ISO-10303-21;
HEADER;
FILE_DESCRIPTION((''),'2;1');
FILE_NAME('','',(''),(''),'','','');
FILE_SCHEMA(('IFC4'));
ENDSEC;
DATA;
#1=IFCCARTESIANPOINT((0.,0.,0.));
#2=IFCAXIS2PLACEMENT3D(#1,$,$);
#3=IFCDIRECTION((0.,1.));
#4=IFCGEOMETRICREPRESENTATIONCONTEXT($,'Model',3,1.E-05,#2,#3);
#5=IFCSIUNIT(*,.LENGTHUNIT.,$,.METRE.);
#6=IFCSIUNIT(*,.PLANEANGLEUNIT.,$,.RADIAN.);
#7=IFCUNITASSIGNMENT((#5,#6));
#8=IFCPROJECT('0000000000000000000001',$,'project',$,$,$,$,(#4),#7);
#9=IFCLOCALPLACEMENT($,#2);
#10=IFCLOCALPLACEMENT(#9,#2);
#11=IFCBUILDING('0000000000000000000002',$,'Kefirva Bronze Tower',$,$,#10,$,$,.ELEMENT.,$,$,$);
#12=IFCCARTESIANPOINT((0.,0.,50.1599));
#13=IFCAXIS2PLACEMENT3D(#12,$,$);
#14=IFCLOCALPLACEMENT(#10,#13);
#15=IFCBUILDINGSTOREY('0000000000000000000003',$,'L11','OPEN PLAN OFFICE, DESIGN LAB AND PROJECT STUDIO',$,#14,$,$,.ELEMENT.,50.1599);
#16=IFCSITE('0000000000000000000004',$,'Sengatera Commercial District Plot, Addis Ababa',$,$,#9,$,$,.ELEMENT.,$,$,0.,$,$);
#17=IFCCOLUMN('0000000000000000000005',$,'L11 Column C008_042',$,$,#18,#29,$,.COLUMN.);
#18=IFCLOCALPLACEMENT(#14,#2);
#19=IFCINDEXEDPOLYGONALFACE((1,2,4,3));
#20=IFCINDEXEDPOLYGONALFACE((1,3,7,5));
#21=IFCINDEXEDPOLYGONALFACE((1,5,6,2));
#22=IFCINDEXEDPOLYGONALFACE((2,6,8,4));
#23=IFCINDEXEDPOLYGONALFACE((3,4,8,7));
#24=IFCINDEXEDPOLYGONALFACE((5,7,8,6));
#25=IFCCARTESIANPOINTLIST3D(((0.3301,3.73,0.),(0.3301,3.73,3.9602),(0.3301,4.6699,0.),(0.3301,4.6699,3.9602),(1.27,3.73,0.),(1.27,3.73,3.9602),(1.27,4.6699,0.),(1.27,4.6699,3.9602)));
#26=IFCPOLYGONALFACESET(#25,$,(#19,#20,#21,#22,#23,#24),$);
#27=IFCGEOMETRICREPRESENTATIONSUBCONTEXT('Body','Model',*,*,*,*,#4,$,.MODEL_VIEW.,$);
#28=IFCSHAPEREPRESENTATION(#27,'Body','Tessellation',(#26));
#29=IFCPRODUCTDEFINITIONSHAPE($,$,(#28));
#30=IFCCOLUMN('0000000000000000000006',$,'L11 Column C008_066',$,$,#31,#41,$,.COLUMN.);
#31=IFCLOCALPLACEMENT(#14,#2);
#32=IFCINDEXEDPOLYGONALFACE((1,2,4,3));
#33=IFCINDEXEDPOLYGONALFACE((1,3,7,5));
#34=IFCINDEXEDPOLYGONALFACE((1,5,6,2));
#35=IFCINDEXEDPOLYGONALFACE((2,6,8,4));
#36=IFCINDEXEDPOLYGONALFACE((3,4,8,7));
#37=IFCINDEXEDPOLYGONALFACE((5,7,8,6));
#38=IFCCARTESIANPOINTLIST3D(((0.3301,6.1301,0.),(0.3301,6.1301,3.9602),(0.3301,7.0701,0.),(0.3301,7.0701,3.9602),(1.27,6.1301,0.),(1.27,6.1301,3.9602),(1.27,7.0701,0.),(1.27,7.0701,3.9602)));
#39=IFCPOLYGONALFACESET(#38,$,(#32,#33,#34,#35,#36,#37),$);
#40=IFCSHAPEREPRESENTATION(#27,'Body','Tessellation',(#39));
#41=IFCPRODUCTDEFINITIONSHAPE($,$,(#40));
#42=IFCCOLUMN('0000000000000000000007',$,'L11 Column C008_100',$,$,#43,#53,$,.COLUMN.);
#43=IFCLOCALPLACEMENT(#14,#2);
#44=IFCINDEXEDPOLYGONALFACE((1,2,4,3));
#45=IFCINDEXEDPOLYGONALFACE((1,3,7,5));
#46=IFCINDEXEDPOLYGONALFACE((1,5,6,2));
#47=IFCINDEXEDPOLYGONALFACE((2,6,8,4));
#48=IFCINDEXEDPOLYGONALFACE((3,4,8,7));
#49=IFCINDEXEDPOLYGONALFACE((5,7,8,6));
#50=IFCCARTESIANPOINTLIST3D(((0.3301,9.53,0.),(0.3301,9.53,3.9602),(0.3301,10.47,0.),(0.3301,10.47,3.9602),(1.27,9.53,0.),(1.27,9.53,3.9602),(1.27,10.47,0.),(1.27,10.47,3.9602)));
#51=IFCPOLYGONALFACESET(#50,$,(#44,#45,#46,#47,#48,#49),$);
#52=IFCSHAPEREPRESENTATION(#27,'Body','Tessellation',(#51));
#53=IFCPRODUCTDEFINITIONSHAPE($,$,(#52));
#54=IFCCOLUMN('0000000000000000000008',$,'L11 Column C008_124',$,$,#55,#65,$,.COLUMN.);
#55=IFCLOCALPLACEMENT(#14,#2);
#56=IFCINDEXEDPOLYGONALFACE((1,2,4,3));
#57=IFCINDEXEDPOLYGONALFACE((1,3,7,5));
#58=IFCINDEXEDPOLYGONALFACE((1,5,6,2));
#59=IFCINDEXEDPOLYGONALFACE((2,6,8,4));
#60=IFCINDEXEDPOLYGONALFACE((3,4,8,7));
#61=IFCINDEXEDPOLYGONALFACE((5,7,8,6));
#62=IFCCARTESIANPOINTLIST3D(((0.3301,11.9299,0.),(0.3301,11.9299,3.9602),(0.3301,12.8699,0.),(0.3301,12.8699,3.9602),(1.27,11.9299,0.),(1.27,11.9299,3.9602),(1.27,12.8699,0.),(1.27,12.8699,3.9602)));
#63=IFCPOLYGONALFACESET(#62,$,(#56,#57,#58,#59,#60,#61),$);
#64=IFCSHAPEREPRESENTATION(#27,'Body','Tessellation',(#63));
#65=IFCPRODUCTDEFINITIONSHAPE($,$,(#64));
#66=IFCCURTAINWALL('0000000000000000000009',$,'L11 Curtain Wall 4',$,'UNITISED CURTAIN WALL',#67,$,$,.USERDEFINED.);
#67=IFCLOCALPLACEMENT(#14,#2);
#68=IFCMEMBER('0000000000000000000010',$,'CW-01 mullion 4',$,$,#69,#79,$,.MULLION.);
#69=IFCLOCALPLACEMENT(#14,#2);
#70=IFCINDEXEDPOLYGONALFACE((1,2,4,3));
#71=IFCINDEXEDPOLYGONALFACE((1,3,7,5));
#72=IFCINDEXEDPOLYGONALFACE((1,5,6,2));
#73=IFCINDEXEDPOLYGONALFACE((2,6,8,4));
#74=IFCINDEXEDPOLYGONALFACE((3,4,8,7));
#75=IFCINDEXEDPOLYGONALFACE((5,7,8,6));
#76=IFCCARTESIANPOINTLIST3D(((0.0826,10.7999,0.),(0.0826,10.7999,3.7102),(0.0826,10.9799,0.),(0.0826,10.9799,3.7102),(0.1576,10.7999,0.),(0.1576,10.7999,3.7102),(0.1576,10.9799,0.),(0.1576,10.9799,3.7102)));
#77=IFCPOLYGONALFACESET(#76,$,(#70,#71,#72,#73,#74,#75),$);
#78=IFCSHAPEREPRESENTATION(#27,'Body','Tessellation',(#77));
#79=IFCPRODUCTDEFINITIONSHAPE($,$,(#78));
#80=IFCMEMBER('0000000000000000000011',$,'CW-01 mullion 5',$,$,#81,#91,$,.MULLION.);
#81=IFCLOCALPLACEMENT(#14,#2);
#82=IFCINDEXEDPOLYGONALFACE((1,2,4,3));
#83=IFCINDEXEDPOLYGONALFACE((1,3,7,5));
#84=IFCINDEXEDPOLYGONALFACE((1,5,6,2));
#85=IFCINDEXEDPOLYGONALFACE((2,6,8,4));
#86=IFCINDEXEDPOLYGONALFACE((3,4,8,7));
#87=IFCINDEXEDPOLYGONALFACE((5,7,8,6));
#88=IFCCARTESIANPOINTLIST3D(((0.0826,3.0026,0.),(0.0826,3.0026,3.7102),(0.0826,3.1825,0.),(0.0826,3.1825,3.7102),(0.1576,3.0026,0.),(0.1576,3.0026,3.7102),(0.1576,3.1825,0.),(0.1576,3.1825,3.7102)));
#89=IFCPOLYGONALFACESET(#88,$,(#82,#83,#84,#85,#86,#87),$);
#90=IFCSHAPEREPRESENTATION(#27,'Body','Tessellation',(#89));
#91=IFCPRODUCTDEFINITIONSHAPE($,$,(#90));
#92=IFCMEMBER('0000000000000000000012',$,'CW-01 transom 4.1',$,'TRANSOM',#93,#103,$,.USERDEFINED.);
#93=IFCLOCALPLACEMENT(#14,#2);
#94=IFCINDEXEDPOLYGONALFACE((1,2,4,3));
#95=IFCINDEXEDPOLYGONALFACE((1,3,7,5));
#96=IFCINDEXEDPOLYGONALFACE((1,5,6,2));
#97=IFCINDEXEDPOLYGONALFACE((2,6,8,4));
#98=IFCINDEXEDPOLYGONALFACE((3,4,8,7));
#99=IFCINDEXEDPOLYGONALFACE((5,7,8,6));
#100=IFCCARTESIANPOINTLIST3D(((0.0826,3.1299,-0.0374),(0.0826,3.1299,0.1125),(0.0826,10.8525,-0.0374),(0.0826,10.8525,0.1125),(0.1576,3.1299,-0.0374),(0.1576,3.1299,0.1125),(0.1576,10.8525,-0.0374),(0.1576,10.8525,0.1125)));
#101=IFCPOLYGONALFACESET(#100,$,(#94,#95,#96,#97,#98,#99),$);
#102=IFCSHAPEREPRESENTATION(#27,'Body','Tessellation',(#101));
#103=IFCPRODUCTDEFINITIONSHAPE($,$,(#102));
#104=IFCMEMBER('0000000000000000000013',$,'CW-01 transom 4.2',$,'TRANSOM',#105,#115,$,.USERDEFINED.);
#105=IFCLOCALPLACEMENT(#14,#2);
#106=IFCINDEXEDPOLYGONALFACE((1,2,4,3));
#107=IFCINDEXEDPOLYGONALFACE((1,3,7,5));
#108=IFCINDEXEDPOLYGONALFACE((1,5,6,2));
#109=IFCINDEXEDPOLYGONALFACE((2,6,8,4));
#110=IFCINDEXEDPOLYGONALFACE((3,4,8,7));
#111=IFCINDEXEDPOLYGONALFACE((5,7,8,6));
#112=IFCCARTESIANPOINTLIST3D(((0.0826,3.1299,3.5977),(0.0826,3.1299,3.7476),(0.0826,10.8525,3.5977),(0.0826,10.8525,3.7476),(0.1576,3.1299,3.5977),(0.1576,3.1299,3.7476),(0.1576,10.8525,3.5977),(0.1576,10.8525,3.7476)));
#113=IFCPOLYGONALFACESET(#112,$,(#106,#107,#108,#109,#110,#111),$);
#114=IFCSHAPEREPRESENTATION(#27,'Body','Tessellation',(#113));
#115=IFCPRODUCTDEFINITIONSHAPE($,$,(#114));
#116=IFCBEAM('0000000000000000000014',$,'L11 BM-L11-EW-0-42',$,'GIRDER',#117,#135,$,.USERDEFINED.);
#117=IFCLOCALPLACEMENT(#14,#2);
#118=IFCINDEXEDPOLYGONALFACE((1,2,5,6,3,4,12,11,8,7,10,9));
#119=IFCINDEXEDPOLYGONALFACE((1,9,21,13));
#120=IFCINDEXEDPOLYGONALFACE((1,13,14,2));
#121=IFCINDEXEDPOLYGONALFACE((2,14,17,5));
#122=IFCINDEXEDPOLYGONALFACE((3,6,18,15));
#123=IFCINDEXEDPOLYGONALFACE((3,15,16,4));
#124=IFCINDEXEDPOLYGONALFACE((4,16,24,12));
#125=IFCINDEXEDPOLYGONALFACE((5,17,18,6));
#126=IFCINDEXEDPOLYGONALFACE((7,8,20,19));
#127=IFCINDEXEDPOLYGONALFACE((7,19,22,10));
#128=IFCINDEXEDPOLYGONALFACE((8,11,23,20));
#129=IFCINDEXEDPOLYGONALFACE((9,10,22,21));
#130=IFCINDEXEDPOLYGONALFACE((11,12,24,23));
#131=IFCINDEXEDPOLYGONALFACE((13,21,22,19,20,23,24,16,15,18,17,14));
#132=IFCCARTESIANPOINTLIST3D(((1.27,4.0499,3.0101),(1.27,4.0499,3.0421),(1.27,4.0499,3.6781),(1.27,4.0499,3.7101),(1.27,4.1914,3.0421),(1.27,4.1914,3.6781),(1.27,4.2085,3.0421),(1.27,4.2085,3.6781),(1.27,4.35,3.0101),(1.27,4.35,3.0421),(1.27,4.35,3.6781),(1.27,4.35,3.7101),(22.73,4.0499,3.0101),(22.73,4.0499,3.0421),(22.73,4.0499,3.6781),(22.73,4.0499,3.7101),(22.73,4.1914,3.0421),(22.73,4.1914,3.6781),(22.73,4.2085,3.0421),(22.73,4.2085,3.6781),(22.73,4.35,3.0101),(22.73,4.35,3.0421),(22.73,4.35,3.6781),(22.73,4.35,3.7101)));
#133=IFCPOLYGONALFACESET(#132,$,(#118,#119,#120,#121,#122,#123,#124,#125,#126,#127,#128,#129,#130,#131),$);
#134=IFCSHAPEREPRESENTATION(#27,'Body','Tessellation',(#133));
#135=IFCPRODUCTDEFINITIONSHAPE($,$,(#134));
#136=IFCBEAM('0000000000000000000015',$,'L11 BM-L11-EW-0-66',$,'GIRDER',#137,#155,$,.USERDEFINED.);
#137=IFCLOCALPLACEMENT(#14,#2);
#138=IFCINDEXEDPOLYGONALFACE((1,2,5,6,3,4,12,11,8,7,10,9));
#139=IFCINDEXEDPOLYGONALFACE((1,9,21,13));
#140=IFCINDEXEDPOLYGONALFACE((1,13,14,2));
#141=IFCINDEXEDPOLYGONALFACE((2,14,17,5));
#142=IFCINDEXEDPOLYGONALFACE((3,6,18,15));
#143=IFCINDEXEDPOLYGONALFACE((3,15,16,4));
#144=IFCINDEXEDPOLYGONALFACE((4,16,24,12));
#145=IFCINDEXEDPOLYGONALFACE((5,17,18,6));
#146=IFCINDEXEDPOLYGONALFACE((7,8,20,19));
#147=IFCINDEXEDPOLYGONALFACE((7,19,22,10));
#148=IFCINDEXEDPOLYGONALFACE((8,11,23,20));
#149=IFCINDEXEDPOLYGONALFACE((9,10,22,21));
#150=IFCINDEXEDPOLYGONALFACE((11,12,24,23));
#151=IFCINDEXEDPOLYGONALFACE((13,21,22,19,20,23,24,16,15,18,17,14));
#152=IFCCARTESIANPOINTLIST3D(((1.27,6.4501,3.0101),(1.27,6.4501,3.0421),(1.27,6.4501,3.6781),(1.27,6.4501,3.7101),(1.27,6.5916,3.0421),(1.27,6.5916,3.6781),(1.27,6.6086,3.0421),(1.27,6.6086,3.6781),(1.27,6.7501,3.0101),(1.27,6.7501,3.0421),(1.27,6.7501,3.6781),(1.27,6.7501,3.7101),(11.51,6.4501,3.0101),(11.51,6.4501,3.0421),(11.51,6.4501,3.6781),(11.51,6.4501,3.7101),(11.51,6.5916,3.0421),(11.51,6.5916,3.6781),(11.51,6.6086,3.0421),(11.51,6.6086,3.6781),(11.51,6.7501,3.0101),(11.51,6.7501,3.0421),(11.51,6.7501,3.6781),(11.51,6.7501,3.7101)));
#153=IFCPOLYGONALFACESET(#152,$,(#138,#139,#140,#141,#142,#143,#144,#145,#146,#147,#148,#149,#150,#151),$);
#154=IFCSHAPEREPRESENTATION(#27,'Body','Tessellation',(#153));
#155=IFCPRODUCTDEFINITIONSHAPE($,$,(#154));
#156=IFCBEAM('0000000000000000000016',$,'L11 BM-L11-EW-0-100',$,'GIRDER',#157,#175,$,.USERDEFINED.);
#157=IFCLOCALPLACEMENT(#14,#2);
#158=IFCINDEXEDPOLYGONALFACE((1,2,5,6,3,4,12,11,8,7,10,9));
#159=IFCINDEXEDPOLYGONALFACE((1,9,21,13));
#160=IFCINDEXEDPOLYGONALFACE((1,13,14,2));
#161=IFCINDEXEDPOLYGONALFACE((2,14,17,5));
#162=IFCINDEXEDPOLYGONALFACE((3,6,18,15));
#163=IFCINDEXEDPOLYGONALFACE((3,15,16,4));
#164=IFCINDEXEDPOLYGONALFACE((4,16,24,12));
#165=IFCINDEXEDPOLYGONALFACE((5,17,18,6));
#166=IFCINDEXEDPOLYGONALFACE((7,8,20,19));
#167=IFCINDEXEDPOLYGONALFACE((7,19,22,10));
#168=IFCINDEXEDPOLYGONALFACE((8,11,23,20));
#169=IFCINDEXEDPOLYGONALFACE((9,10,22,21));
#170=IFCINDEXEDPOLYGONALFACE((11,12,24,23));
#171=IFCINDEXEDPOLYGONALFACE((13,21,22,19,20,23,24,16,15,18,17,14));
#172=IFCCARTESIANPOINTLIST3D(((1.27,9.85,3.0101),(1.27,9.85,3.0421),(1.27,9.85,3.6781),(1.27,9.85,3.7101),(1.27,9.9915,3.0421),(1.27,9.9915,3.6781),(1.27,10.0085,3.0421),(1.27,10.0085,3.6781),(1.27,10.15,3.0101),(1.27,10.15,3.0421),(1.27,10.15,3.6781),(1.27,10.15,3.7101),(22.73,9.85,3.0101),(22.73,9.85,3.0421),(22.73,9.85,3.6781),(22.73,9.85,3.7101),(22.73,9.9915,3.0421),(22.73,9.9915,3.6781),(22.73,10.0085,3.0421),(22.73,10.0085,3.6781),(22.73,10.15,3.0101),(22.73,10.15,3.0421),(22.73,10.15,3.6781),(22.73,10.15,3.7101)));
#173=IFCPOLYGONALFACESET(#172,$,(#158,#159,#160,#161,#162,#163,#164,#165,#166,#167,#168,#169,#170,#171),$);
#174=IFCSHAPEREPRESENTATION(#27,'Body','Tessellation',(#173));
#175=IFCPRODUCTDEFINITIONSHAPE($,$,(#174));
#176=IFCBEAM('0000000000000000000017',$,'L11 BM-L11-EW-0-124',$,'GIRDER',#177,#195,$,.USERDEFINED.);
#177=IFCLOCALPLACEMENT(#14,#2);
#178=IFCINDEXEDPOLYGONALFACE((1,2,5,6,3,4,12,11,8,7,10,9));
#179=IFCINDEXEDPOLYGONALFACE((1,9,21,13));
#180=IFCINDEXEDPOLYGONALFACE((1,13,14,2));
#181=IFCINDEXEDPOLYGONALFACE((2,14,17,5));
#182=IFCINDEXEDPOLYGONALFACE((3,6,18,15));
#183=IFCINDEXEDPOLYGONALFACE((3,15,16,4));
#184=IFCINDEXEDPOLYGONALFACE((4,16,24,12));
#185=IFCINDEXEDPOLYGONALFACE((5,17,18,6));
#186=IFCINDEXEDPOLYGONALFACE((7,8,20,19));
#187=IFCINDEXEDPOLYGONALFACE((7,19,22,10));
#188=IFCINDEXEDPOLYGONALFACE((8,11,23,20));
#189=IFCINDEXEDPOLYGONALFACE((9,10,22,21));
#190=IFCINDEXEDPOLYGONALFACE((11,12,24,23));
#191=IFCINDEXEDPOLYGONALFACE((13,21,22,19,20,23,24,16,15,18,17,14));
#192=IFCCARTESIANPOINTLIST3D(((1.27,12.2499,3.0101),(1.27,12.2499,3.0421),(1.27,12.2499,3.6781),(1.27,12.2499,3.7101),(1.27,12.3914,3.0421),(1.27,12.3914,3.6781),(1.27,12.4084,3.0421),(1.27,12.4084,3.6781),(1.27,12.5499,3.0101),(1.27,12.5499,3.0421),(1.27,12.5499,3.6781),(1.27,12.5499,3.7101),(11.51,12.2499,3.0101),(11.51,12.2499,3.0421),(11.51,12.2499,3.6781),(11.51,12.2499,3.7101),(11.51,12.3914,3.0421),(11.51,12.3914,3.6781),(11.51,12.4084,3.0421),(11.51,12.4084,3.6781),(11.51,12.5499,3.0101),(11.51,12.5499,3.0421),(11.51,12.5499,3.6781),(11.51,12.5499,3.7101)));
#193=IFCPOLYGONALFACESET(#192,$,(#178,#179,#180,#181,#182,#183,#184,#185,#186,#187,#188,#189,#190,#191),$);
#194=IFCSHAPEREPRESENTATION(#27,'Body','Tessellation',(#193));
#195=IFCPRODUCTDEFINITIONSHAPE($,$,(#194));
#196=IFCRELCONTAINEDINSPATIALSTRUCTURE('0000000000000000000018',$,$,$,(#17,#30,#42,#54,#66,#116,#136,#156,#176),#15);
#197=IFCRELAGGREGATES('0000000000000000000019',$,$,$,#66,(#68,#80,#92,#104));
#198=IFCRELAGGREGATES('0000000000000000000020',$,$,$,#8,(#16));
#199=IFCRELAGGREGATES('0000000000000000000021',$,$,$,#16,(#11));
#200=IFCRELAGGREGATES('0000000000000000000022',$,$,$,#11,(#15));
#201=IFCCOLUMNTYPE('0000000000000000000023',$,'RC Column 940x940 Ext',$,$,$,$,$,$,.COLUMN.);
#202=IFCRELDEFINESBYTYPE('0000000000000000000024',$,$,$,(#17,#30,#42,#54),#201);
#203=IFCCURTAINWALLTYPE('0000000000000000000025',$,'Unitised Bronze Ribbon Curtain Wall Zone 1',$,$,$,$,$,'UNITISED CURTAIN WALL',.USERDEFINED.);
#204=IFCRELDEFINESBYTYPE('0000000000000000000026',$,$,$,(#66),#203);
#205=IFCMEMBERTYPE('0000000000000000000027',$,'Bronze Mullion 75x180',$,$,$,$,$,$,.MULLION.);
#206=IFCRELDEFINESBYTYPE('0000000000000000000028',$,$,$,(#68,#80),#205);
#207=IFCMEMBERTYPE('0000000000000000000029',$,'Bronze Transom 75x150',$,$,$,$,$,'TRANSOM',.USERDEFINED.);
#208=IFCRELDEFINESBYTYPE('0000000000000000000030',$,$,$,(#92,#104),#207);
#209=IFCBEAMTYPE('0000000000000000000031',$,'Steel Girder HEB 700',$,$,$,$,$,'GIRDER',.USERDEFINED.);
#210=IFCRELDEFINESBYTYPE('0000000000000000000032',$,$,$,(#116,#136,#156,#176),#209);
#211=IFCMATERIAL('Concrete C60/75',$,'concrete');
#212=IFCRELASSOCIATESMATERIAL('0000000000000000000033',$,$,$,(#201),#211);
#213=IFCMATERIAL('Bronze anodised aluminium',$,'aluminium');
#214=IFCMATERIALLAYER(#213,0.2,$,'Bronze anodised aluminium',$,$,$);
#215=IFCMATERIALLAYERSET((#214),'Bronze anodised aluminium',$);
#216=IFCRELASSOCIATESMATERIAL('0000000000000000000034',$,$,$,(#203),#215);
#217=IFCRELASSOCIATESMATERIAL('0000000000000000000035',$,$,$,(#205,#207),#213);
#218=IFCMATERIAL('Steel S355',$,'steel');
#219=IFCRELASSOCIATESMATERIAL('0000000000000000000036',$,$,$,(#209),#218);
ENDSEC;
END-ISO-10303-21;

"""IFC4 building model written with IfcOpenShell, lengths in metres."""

from ifc_helpers import new_model, si_unit, direction, frame, origin, origin_2d, place, context, subcontext, project, spatial, rectangle, i_section, extrude, material, layer, layer_set, material_profile, profile_set, type_object, element, aggregate, save


model = new_model("IFC4")

# Units and contexts
model_context = context("Model", 3, precision=1e-05, world=origin(), true_north=direction((0.0, 1.0)))
body_context = subcontext(model_context, "Body", "Model", "MODEL_VIEW")
ifc_project = project(units=[si_unit("LENGTHUNIT", "METRE"), si_unit("PLANEANGLEUNIT", "RADIAN")], contexts=[model_context])

# Site, building, storey
site_placement = place(None, origin())
site = spatial("IfcSite", under=ifc_project, at=site_placement, Name="Sengatera Commercial District Plot, Addis Ababa", CompositionType="ELEMENT", RefElevation=0.0)
building_placement = place(site_placement, origin())
building = spatial("IfcBuilding", under=site, at=building_placement, Name="Kefirva Bronze Tower", CompositionType="ELEMENT")
storey_placement = place(building_placement, frame((0.0, 0.0, 50.1599)))
storey = spatial("IfcBuildingStorey", under=building, at=storey_placement, Name="L11", Description="OPEN PLAN OFFICE, DESIGN LAB AND PROJECT STUDIO", CompositionType="ELEMENT", Elevation=50.1599)

# Columns
ifc_material_1 = material(Name="Concrete C60/75", Category="concrete")
ifc_material_profile_1 = material_profile(ifc_material_1, rectangle(XDim=0.9399, YDim=0.9399, at=origin_2d()), Name="RC 940x940")
ifc_profile_set_1 = profile_set([ifc_material_profile_1], Name="Concrete C60/75")
column_type = type_object("IfcColumnType", Name="RC Column 940x940 Ext", PredefinedType="COLUMN", material=ifc_profile_set_1)
for number, where, z_axis, x_axis, name in (
    (1, (0.8, 4.2, 0.0), (0.0, 0.0, 1.0), (1.0, 0.0, 0.0), "L11 Column C008_042"),
    (2, (0.8, 6.6001, 0.0), (0.0, 0.0, 1.0), (1.0, 0.0, 0.0), "L11 Column C008_066"),
    (3, (0.8, 10.0, 0.0), (0.0, 0.0, 1.0), (1.0, 0.0, 0.0), "L11 Column C008_100"),
    (4, (0.8, 12.3999, 0.0), (0.0, 0.0, 1.0), (1.0, 0.0, 0.0), "L11 Column C008_124"),
):
    element("IfcColumn", number, at=place(storey_placement, frame(where, z_axis=z_axis, x_axis=x_axis)), inside=storey, type_object=column_type, Name=name, PredefinedType="COLUMN", context=body_context, shape_type="SweptSolid", body=[
        extrude(rectangle(XDim=0.9399, YDim=0.9399, at=origin_2d()), origin(), (0.0, 0.0, 1.0), 3.9602),
    ])

# Curtain wall, members
ifc_material_2 = material(Name="Bronze anodised aluminium", Category="aluminium")
ifc_layer_1 = layer(ifc_material_2, 0.2, Name="Bronze anodised aluminium")
ifc_layer_set_1 = layer_set([ifc_layer_1], Name="Bronze anodised aluminium")
curtain_wall_type = type_object("IfcCurtainWallType", Name="Unitised Bronze Ribbon Curtain Wall Zone 1", ElementType="UNITISED CURTAIN WALL", PredefinedType="USERDEFINED", material=ifc_layer_set_1)
curtain_wall_placement = place(storey_placement, origin())
curtain_wall = element("IfcCurtainWall", 5, at=curtain_wall_placement, inside=storey, type_object=curtain_wall_type, Name="L11 Curtain Wall 4", ObjectType="UNITISED CURTAIN WALL", PredefinedType="USERDEFINED")
ifc_material_profile_2 = material_profile(ifc_material_2, rectangle(XDim=0.075, YDim=0.1799, at=origin_2d()), Name="ALU 75x180")
ifc_profile_set_2 = profile_set([ifc_material_profile_2], Name="Bronze anodised aluminium")
member_type_1 = type_object("IfcMemberType", Name="Bronze Mullion 75x180", PredefinedType="MULLION", material=ifc_profile_set_2)
member_1_placement = place(storey_placement, frame((0.1201, 10.8899, 0.0), z_axis=(0.0, 0.0, 1.0), x_axis=(1.0, 0.0, 0.0)))
member_1 = element("IfcMember", 6, at=member_1_placement, type_object=member_type_1, Name="CW-01 mullion 4", PredefinedType="MULLION", context=body_context, shape_type="SweptSolid", body=[
    extrude(rectangle(XDim=0.075, YDim=0.1799, at=origin_2d()), origin(), (0.0, 0.0, 1.0), 3.7102),
])
member_2_placement = place(storey_placement, frame((0.1201, 3.0925, 0.0), z_axis=(0.0, 0.0, 1.0), x_axis=(1.0, 0.0, 0.0)))
member_2 = element("IfcMember", 7, at=member_2_placement, type_object=member_type_1, Name="CW-01 mullion 5", PredefinedType="MULLION", context=body_context, shape_type="SweptSolid", body=[
    extrude(rectangle(XDim=0.075, YDim=0.1799, at=origin_2d()), origin(), (0.0, 0.0, 1.0), 3.7102),
])
ifc_material_profile_3 = material_profile(ifc_material_2, rectangle(XDim=0.075, YDim=0.1499, at=origin_2d()), Name="ALU 75x150")
ifc_profile_set_3 = profile_set([ifc_material_profile_3], Name="Bronze anodised aluminium")
member_type_2 = type_object("IfcMemberType", Name="Bronze Transom 75x150", ElementType="TRANSOM", PredefinedType="USERDEFINED", material=ifc_profile_set_3)
member_3_placement = place(storey_placement, frame((0.1201, 10.8525, 0.0376), z_axis=(0.0, -1.0, 0.0), x_axis=(1.0, 0.0, 0.0)))
member_3 = element("IfcMember", 8, at=member_3_placement, type_object=member_type_2, Name="CW-01 transom 4.1", ObjectType="TRANSOM", PredefinedType="USERDEFINED", context=body_context, shape_type="SweptSolid", body=[
    extrude(rectangle(XDim=0.075, YDim=0.1499, at=origin_2d()), origin(), (0.0, 0.0, 1.0), 7.7227),
])
member_4_placement = place(storey_placement, frame((0.1201, 10.8525, 3.6726), z_axis=(0.0, -1.0, 0.0), x_axis=(1.0, 0.0, 0.0)))
member_4 = element("IfcMember", 9, at=member_4_placement, type_object=member_type_2, Name="CW-01 transom 4.2", ObjectType="TRANSOM", PredefinedType="USERDEFINED", context=body_context, shape_type="SweptSolid", body=[
    extrude(rectangle(XDim=0.075, YDim=0.1499, at=origin_2d()), origin(), (0.0, 0.0, 1.0), 7.7227),
])

# Beams
ifc_material_3 = material(Name="Steel S355", Category="steel")
ifc_material_profile_4 = material_profile(ifc_material_3, i_section(OverallWidth=0.3, OverallDepth=0.7, WebThickness=0.0171, FlangeThickness=0.032, at=origin_2d()), Name="HEB 700")
ifc_profile_set_4 = profile_set([ifc_material_profile_4], Name="Steel S355")
beam_type_1 = type_object("IfcBeamType", Name="Steel Girder HEB 700", ElementType="GIRDER", PredefinedType="USERDEFINED", material=ifc_profile_set_4)
beam_1_placement = place(storey_placement, frame((1.27, 4.2, 3.3601), z_axis=(1.0, 0.0, 0.0), x_axis=(0.0, 1.0, 0.0)))
element("IfcBeam", 10, at=beam_1_placement, inside=storey, type_object=beam_type_1, Name="L11 BM-L11-EW-0-42", ObjectType="GIRDER", PredefinedType="USERDEFINED", context=body_context, shape_type="SweptSolid", body=[
    extrude(i_section(OverallWidth=0.3, OverallDepth=0.7, WebThickness=0.0171, FlangeThickness=0.032, at=origin_2d()), origin(), (0.0, 0.0, 1.0), 21.46),
])
beam_2_placement = place(storey_placement, frame((1.27, 6.6001, 3.3601), z_axis=(1.0, 0.0, 0.0), x_axis=(0.0, 1.0, 0.0)))
element("IfcBeam", 11, at=beam_2_placement, inside=storey, type_object=beam_type_1, Name="L11 BM-L11-EW-0-66", ObjectType="GIRDER", PredefinedType="USERDEFINED", context=body_context, shape_type="SweptSolid", body=[
    extrude(i_section(OverallWidth=0.3, OverallDepth=0.7, WebThickness=0.0171, FlangeThickness=0.032, at=origin_2d()), origin(), (0.0, 0.0, 1.0), 10.24),
])
beam_3_placement = place(storey_placement, frame((1.27, 10.0, 3.3601), z_axis=(1.0, 0.0, 0.0), x_axis=(0.0, 1.0, 0.0)))
element("IfcBeam", 12, at=beam_3_placement, inside=storey, type_object=beam_type_1, Name="L11 BM-L11-EW-0-100", ObjectType="GIRDER", PredefinedType="USERDEFINED", context=body_context, shape_type="SweptSolid", body=[
    extrude(i_section(OverallWidth=0.3, OverallDepth=0.7, WebThickness=0.0171, FlangeThickness=0.032, at=origin_2d()), origin(), (0.0, 0.0, 1.0), 21.46),
])
beam_4_placement = place(storey_placement, frame((1.27, 12.3999, 3.3601), z_axis=(1.0, 0.0, 0.0), x_axis=(0.0, 1.0, 0.0)))
element("IfcBeam", 13, at=beam_4_placement, inside=storey, type_object=beam_type_1, Name="L11 BM-L11-EW-0-124", ObjectType="GIRDER", PredefinedType="USERDEFINED", context=body_context, shape_type="SweptSolid", body=[
    extrude(i_section(OverallWidth=0.3, OverallDepth=0.7, WebThickness=0.0171, FlangeThickness=0.032, at=origin_2d()), origin(), (0.0, 0.0, 1.0), 10.24),
])

aggregate(curtain_wall, [member_1, member_2, member_3, member_4])

save(model, "model.ifc")
